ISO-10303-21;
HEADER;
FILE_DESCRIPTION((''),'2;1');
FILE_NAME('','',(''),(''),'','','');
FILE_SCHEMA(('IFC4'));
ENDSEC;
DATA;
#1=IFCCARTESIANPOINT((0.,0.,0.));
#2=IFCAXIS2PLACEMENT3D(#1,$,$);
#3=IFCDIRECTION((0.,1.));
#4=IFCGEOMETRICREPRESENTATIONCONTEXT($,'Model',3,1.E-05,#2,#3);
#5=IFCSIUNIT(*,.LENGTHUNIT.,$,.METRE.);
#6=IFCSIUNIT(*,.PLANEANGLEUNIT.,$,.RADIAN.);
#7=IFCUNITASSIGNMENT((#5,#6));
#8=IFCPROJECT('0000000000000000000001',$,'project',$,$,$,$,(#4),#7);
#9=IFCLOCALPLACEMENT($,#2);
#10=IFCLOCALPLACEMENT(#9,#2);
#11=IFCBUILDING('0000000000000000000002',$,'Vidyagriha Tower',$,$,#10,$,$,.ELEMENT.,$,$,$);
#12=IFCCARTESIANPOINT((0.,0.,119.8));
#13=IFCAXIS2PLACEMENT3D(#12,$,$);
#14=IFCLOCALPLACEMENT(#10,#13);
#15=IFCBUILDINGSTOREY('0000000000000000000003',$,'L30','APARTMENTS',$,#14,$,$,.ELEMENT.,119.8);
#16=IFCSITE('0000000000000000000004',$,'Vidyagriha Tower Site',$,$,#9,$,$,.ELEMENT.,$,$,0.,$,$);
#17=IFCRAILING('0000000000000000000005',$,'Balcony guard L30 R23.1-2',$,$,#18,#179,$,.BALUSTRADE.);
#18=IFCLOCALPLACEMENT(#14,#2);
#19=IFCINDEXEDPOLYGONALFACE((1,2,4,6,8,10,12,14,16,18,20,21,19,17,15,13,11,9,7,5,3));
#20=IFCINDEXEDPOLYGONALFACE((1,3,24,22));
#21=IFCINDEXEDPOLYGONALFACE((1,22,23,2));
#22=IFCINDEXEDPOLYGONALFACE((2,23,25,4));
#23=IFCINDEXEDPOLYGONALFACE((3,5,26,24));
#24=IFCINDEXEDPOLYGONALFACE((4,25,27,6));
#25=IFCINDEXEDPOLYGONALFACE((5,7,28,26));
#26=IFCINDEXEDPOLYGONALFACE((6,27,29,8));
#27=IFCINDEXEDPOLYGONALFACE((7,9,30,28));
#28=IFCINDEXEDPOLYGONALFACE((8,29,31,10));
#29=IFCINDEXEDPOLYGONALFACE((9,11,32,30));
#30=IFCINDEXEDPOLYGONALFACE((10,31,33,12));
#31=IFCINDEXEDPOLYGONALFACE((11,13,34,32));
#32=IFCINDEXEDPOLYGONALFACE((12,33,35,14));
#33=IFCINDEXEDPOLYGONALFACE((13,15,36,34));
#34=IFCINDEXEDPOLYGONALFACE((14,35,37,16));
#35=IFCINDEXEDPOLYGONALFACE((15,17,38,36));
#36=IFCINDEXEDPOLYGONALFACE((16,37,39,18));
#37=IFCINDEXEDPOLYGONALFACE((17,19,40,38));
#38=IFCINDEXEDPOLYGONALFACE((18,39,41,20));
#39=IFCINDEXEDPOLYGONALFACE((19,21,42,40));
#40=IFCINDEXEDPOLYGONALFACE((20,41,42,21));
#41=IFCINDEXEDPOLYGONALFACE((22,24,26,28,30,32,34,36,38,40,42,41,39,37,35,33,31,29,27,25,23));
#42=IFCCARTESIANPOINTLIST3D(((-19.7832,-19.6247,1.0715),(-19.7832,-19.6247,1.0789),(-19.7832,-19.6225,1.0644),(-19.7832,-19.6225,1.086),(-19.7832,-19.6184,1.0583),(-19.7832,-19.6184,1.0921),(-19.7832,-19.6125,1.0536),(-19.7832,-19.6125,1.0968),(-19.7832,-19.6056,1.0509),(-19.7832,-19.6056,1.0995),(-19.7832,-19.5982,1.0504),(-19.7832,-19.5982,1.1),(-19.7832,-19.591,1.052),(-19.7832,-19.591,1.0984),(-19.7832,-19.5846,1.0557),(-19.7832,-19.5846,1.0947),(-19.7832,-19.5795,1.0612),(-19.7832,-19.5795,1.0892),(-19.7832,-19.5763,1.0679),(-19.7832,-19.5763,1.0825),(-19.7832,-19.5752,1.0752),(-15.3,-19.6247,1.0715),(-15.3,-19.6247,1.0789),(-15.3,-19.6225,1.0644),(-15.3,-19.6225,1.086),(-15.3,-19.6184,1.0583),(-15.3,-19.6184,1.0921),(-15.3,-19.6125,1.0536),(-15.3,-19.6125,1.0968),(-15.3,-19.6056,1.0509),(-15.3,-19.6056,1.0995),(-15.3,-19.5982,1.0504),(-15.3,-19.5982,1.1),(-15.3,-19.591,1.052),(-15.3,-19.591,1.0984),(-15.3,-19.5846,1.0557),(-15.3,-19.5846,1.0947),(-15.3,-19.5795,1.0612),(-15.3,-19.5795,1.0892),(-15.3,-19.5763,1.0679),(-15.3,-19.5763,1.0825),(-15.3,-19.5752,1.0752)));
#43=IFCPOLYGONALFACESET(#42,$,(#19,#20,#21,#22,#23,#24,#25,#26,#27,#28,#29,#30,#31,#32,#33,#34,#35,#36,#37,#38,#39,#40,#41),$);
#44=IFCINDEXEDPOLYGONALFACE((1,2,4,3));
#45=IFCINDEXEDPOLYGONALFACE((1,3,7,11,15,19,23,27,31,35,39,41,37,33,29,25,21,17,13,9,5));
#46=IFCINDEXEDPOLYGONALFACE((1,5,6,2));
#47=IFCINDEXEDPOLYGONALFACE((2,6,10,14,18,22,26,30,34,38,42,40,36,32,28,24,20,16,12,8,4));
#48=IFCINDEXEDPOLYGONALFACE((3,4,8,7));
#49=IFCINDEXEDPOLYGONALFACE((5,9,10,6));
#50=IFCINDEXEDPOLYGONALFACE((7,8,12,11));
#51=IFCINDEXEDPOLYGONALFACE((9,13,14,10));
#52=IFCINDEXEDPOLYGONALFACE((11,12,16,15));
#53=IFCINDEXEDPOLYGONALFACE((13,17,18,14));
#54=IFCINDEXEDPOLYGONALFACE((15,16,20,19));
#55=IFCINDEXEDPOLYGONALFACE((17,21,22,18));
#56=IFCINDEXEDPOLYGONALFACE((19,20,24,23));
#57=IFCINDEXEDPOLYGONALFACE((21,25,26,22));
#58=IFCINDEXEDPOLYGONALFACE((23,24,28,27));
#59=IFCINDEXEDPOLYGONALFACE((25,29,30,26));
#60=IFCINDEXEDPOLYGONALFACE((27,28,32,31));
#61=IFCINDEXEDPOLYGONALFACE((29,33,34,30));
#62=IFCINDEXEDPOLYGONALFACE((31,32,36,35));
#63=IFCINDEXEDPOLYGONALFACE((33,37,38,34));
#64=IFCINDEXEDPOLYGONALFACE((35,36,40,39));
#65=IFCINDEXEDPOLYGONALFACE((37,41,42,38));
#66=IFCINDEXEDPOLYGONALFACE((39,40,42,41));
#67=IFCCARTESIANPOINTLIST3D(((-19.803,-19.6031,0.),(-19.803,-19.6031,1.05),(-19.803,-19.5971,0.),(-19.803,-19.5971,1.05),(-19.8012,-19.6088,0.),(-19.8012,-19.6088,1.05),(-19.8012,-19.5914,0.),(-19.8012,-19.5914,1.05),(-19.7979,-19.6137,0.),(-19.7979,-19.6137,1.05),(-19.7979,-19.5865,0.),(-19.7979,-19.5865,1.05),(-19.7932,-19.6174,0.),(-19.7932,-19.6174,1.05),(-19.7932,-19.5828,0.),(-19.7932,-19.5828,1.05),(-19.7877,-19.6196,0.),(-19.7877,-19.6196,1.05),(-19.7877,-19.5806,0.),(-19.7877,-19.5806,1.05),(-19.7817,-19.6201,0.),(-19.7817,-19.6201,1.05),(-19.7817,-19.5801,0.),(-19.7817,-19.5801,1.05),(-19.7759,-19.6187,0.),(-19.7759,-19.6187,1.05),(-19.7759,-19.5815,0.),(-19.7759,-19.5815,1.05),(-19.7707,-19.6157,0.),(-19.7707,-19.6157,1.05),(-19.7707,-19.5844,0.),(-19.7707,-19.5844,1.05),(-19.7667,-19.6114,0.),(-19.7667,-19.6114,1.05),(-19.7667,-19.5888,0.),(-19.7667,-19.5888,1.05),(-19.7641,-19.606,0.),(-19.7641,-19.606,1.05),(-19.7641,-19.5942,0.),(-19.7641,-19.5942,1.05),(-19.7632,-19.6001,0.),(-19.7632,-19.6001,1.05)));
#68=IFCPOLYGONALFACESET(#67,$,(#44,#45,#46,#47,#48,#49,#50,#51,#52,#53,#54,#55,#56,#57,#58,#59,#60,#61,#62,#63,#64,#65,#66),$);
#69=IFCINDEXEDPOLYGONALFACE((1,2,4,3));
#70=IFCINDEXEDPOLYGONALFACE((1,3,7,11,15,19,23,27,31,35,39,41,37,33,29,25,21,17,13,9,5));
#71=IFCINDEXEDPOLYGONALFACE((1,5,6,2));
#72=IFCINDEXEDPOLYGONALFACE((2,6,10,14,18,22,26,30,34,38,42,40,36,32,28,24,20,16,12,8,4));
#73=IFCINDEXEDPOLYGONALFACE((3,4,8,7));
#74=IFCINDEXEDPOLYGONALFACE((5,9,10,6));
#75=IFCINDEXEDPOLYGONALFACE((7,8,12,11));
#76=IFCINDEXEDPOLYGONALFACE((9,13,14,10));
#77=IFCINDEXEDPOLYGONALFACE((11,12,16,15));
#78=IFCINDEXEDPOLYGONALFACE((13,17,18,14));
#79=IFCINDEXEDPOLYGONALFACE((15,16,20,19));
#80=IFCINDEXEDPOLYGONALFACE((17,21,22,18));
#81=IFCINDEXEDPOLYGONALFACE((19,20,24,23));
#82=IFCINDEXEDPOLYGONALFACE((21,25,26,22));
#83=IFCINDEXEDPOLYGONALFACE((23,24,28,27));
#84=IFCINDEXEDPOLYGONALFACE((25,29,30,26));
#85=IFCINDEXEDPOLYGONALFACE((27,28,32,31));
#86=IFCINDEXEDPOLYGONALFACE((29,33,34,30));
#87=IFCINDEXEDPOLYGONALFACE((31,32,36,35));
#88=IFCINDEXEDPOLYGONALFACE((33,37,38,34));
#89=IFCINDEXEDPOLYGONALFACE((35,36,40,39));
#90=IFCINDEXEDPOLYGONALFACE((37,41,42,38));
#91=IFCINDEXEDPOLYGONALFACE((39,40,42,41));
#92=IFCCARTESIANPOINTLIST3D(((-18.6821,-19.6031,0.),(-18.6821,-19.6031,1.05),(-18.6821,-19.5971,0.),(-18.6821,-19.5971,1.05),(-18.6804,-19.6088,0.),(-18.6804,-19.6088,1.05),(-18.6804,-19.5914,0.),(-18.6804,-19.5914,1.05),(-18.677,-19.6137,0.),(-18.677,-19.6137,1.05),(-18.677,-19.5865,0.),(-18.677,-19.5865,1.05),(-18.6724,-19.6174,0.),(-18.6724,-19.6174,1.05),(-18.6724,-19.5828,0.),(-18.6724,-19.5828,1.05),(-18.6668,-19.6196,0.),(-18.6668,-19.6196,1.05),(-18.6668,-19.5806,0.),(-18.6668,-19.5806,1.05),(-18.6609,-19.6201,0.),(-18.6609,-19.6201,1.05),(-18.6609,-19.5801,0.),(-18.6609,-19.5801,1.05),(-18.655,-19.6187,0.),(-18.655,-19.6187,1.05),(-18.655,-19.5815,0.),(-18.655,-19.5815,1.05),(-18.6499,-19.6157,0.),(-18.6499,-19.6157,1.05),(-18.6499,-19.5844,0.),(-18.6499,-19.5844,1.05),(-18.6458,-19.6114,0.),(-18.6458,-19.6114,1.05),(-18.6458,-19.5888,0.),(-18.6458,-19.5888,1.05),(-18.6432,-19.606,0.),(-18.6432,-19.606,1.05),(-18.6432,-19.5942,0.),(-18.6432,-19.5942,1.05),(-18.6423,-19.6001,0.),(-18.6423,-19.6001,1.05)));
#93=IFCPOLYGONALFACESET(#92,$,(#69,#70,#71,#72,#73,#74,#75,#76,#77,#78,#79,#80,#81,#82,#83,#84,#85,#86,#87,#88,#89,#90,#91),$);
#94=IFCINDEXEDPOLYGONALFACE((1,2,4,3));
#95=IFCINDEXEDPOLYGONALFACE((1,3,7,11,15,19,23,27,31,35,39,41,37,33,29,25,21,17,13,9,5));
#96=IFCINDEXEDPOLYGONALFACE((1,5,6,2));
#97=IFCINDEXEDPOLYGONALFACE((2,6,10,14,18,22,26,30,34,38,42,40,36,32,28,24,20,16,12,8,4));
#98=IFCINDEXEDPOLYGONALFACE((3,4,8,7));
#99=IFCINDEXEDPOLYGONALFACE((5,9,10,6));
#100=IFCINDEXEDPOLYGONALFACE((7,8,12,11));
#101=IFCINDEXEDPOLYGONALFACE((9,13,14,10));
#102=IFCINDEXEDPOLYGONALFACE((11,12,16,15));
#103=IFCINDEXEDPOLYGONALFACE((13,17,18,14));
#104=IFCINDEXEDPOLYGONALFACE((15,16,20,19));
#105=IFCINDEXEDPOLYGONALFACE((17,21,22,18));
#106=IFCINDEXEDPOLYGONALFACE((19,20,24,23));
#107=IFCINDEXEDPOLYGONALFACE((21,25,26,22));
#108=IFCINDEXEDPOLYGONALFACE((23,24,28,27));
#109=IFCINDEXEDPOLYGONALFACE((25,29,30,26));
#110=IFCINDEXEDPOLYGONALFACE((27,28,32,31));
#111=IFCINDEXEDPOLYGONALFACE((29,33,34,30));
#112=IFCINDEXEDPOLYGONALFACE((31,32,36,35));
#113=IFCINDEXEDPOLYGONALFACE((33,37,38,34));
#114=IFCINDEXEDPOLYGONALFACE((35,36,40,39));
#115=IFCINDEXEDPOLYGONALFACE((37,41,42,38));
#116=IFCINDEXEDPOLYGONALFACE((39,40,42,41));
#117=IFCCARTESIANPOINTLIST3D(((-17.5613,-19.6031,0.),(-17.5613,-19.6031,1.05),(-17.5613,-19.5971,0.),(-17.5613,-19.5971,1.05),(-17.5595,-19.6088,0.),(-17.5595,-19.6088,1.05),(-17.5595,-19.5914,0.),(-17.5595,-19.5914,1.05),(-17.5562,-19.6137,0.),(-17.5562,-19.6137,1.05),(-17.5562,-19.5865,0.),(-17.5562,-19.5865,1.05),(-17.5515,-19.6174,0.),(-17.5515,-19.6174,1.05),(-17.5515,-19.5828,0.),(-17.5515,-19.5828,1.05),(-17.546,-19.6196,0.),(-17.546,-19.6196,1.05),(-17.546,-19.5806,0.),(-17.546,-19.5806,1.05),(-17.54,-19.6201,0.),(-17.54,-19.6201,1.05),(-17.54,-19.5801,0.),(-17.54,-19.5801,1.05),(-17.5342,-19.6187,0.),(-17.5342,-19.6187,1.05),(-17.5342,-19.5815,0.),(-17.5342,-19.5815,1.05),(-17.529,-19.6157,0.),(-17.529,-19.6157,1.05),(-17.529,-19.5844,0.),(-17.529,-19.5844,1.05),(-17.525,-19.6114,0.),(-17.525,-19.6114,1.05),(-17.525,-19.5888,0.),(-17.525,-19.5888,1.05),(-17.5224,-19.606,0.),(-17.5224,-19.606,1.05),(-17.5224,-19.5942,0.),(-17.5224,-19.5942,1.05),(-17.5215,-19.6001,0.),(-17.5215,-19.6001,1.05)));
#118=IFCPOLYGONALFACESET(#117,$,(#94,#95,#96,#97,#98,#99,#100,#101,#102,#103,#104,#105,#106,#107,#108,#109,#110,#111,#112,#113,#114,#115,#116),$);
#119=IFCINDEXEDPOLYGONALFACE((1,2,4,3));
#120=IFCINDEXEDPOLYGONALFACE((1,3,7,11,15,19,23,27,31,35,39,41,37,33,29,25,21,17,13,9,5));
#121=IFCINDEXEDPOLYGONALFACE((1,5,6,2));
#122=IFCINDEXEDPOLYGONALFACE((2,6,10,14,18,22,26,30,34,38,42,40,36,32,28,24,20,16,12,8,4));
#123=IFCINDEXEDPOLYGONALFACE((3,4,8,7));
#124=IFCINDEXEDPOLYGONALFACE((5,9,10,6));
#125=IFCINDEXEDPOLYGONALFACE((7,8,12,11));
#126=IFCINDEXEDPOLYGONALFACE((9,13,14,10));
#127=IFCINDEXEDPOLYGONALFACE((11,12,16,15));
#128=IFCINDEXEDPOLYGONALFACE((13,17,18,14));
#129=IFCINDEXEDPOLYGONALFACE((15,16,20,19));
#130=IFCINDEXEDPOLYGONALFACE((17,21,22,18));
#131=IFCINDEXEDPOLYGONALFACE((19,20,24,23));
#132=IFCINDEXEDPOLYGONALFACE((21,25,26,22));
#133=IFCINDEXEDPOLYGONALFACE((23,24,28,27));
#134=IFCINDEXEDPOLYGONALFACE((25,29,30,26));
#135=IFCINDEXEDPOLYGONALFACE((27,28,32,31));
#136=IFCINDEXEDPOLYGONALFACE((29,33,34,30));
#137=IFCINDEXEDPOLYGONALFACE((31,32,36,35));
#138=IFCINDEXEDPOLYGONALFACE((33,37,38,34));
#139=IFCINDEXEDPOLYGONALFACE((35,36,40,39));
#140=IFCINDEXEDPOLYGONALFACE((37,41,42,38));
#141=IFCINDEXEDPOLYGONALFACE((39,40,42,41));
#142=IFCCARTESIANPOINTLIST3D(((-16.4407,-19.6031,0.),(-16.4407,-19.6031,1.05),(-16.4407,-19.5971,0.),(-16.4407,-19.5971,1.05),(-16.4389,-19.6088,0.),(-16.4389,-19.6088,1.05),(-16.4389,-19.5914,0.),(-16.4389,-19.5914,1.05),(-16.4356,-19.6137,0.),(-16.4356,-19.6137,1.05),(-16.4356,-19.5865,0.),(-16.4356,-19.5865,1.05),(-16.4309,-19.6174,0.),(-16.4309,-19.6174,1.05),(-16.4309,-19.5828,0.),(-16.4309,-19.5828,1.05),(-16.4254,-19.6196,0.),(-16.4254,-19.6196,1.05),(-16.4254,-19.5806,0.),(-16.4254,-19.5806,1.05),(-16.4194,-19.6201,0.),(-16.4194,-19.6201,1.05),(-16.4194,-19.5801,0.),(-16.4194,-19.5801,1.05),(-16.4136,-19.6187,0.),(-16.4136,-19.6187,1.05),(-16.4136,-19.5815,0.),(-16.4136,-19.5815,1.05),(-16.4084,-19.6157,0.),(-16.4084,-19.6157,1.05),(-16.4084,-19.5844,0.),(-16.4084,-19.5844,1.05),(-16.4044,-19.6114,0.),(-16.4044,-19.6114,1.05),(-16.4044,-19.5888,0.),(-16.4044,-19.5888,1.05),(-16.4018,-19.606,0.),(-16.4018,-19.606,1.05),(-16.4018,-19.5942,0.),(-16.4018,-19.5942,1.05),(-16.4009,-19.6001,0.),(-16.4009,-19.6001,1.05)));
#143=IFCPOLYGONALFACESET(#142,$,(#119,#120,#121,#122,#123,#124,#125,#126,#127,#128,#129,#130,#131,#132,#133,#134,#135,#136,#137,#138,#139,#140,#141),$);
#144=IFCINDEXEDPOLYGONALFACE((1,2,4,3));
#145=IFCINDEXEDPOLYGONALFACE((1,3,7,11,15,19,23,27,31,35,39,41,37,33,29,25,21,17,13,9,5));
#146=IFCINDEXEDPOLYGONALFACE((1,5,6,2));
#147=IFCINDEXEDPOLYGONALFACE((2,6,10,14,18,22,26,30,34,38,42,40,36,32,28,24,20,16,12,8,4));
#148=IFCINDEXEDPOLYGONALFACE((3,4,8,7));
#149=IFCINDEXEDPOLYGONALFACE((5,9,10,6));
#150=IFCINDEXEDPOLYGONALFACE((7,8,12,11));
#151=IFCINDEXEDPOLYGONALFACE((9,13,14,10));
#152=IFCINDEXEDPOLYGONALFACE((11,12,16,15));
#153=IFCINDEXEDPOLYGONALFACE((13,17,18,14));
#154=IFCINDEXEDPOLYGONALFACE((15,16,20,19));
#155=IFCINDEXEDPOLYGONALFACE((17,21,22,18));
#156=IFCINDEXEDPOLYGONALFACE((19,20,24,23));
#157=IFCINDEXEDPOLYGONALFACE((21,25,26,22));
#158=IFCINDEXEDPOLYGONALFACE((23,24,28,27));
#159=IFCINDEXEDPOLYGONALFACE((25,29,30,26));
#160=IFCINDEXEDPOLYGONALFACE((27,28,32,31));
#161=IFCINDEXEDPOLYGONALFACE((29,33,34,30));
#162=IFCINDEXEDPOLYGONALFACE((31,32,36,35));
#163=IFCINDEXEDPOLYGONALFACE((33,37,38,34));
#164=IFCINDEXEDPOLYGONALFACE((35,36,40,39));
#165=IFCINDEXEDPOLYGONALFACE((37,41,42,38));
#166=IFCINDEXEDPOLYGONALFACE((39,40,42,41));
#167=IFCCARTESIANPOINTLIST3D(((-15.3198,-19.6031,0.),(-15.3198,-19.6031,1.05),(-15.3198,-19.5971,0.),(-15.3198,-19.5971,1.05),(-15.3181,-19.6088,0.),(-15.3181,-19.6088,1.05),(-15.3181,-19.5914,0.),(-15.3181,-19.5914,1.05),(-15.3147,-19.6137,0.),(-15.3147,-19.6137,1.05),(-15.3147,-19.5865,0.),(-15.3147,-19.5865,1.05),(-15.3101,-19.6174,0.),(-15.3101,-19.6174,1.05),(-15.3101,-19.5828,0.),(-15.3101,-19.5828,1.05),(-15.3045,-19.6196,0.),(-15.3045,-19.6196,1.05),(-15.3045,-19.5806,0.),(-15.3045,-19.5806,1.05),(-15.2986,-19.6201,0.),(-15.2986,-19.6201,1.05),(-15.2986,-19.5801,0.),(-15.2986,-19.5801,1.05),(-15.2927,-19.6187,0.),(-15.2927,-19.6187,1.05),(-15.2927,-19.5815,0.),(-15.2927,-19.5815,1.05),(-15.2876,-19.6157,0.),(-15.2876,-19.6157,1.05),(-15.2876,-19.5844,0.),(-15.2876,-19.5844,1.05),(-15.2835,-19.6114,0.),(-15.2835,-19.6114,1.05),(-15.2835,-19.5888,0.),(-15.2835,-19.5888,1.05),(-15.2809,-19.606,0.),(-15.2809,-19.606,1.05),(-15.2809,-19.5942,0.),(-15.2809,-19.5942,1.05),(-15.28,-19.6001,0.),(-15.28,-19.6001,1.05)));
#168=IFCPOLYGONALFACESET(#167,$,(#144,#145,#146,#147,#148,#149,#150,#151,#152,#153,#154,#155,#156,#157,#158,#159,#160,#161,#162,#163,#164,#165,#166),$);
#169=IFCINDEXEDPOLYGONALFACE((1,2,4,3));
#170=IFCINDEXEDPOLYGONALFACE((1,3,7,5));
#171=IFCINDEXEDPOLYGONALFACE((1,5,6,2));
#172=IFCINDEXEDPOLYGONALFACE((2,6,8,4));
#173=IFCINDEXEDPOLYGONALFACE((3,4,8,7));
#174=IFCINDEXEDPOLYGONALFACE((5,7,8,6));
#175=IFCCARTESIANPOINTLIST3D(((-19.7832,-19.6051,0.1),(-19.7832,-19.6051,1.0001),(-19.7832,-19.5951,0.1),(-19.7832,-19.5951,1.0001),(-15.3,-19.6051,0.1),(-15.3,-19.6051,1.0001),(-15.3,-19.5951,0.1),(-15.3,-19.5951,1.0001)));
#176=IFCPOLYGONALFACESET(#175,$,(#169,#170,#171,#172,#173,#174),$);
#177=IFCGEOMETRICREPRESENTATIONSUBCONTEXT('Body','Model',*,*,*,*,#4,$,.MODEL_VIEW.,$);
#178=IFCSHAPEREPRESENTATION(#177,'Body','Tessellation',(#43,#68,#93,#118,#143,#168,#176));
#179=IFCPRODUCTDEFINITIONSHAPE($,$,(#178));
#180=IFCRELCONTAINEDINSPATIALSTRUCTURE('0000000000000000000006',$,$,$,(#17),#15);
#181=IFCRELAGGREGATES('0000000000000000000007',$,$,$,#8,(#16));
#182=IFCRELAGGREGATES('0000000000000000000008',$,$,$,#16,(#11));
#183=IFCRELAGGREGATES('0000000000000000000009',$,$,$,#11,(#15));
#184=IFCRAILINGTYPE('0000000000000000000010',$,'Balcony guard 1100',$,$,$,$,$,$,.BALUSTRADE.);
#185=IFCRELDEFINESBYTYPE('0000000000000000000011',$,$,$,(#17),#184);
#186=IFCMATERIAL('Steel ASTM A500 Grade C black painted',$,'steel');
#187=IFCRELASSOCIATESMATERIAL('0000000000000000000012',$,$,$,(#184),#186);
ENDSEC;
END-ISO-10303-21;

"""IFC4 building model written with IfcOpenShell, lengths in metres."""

from ifc_helpers import new_model, si_unit, direction, frame, origin, origin_2d, place, context, subcontext, project, spatial, rectangle, circle, extrude, material, type_object, element, save


model = new_model("IFC4")

# Units and contexts
model_context = context("Model", 3, precision=1e-05, world=origin(), true_north=direction((0.0, 1.0)))
body_context = subcontext(model_context, "Body", "Model", "MODEL_VIEW")
ifc_project = project(units=[si_unit("LENGTHUNIT", "METRE"), si_unit("PLANEANGLEUNIT", "RADIAN")], contexts=[model_context])

# Site, building, storey
site_placement = place(None, origin())
site = spatial("IfcSite", under=ifc_project, at=site_placement, Name="Vidyagriha Tower Site", CompositionType="ELEMENT", RefElevation=0.0)
building_placement = place(site_placement, origin())
building = spatial("IfcBuilding", under=site, at=building_placement, Name="Vidyagriha Tower", CompositionType="ELEMENT")
storey_placement = place(building_placement, frame((0.0, 0.0, 119.8)))
storey = spatial("IfcBuildingStorey", under=building, at=storey_placement, Name="L30", Description="APARTMENTS", CompositionType="ELEMENT", Elevation=119.8)

# Railing
ifc_material_1 = material(Name="Steel ASTM A500 Grade C black painted", Category="steel")
railing_type = type_object("IfcRailingType", Name="Balcony guard 1100", PredefinedType="BALUSTRADE", material=ifc_material_1)
railing_1_placement = place(storey_placement, frame((-19.7832, -19.6001, 0.0)))
element("IfcRailing", 1, at=railing_1_placement, inside=storey, type_object=railing_type, Name="Balcony guard L30 R23.1-2", PredefinedType="BALUSTRADE", context=body_context, shape_type="SweptSolid", body=[
    extrude(circle(Radius=0.0249, at=origin_2d()), frame((0.0, 0.0, 1.0752), z_axis=(1.0, 0.0, 0.0), x_axis=(0.0, 1.0, 0.0)), (0.0, 0.0, 1.0), 4.4832),
    extrude(circle(Radius=0.02, at=origin_2d()), origin(), (0.0, 0.0, 1.0), 1.05),
    extrude(circle(Radius=0.02, at=origin_2d()), frame((1.1208, 0.0, 0.0)), (0.0, 0.0, 1.0), 1.05),
    extrude(circle(Radius=0.02, at=origin_2d()), frame((2.2417, 0.0, 0.0)), (0.0, 0.0, 1.0), 1.05),
    extrude(circle(Radius=0.02, at=origin_2d()), frame((3.3623, 0.0, 0.0)), (0.0, 0.0, 1.0), 1.05),
    extrude(circle(Radius=0.02, at=origin_2d()), frame((4.4832, 0.0, 0.0)), (0.0, 0.0, 1.0), 1.05),
    extrude(rectangle(XDim=0.01, YDim=0.9001, at=origin_2d()), frame((0.0, 0.0, 0.55), z_axis=(1.0, 0.0, 0.0), x_axis=(0.0, 1.0, 0.0)), (0.0, 0.0, 1.0), 4.4832),
])

save(model, "model.ifc")
